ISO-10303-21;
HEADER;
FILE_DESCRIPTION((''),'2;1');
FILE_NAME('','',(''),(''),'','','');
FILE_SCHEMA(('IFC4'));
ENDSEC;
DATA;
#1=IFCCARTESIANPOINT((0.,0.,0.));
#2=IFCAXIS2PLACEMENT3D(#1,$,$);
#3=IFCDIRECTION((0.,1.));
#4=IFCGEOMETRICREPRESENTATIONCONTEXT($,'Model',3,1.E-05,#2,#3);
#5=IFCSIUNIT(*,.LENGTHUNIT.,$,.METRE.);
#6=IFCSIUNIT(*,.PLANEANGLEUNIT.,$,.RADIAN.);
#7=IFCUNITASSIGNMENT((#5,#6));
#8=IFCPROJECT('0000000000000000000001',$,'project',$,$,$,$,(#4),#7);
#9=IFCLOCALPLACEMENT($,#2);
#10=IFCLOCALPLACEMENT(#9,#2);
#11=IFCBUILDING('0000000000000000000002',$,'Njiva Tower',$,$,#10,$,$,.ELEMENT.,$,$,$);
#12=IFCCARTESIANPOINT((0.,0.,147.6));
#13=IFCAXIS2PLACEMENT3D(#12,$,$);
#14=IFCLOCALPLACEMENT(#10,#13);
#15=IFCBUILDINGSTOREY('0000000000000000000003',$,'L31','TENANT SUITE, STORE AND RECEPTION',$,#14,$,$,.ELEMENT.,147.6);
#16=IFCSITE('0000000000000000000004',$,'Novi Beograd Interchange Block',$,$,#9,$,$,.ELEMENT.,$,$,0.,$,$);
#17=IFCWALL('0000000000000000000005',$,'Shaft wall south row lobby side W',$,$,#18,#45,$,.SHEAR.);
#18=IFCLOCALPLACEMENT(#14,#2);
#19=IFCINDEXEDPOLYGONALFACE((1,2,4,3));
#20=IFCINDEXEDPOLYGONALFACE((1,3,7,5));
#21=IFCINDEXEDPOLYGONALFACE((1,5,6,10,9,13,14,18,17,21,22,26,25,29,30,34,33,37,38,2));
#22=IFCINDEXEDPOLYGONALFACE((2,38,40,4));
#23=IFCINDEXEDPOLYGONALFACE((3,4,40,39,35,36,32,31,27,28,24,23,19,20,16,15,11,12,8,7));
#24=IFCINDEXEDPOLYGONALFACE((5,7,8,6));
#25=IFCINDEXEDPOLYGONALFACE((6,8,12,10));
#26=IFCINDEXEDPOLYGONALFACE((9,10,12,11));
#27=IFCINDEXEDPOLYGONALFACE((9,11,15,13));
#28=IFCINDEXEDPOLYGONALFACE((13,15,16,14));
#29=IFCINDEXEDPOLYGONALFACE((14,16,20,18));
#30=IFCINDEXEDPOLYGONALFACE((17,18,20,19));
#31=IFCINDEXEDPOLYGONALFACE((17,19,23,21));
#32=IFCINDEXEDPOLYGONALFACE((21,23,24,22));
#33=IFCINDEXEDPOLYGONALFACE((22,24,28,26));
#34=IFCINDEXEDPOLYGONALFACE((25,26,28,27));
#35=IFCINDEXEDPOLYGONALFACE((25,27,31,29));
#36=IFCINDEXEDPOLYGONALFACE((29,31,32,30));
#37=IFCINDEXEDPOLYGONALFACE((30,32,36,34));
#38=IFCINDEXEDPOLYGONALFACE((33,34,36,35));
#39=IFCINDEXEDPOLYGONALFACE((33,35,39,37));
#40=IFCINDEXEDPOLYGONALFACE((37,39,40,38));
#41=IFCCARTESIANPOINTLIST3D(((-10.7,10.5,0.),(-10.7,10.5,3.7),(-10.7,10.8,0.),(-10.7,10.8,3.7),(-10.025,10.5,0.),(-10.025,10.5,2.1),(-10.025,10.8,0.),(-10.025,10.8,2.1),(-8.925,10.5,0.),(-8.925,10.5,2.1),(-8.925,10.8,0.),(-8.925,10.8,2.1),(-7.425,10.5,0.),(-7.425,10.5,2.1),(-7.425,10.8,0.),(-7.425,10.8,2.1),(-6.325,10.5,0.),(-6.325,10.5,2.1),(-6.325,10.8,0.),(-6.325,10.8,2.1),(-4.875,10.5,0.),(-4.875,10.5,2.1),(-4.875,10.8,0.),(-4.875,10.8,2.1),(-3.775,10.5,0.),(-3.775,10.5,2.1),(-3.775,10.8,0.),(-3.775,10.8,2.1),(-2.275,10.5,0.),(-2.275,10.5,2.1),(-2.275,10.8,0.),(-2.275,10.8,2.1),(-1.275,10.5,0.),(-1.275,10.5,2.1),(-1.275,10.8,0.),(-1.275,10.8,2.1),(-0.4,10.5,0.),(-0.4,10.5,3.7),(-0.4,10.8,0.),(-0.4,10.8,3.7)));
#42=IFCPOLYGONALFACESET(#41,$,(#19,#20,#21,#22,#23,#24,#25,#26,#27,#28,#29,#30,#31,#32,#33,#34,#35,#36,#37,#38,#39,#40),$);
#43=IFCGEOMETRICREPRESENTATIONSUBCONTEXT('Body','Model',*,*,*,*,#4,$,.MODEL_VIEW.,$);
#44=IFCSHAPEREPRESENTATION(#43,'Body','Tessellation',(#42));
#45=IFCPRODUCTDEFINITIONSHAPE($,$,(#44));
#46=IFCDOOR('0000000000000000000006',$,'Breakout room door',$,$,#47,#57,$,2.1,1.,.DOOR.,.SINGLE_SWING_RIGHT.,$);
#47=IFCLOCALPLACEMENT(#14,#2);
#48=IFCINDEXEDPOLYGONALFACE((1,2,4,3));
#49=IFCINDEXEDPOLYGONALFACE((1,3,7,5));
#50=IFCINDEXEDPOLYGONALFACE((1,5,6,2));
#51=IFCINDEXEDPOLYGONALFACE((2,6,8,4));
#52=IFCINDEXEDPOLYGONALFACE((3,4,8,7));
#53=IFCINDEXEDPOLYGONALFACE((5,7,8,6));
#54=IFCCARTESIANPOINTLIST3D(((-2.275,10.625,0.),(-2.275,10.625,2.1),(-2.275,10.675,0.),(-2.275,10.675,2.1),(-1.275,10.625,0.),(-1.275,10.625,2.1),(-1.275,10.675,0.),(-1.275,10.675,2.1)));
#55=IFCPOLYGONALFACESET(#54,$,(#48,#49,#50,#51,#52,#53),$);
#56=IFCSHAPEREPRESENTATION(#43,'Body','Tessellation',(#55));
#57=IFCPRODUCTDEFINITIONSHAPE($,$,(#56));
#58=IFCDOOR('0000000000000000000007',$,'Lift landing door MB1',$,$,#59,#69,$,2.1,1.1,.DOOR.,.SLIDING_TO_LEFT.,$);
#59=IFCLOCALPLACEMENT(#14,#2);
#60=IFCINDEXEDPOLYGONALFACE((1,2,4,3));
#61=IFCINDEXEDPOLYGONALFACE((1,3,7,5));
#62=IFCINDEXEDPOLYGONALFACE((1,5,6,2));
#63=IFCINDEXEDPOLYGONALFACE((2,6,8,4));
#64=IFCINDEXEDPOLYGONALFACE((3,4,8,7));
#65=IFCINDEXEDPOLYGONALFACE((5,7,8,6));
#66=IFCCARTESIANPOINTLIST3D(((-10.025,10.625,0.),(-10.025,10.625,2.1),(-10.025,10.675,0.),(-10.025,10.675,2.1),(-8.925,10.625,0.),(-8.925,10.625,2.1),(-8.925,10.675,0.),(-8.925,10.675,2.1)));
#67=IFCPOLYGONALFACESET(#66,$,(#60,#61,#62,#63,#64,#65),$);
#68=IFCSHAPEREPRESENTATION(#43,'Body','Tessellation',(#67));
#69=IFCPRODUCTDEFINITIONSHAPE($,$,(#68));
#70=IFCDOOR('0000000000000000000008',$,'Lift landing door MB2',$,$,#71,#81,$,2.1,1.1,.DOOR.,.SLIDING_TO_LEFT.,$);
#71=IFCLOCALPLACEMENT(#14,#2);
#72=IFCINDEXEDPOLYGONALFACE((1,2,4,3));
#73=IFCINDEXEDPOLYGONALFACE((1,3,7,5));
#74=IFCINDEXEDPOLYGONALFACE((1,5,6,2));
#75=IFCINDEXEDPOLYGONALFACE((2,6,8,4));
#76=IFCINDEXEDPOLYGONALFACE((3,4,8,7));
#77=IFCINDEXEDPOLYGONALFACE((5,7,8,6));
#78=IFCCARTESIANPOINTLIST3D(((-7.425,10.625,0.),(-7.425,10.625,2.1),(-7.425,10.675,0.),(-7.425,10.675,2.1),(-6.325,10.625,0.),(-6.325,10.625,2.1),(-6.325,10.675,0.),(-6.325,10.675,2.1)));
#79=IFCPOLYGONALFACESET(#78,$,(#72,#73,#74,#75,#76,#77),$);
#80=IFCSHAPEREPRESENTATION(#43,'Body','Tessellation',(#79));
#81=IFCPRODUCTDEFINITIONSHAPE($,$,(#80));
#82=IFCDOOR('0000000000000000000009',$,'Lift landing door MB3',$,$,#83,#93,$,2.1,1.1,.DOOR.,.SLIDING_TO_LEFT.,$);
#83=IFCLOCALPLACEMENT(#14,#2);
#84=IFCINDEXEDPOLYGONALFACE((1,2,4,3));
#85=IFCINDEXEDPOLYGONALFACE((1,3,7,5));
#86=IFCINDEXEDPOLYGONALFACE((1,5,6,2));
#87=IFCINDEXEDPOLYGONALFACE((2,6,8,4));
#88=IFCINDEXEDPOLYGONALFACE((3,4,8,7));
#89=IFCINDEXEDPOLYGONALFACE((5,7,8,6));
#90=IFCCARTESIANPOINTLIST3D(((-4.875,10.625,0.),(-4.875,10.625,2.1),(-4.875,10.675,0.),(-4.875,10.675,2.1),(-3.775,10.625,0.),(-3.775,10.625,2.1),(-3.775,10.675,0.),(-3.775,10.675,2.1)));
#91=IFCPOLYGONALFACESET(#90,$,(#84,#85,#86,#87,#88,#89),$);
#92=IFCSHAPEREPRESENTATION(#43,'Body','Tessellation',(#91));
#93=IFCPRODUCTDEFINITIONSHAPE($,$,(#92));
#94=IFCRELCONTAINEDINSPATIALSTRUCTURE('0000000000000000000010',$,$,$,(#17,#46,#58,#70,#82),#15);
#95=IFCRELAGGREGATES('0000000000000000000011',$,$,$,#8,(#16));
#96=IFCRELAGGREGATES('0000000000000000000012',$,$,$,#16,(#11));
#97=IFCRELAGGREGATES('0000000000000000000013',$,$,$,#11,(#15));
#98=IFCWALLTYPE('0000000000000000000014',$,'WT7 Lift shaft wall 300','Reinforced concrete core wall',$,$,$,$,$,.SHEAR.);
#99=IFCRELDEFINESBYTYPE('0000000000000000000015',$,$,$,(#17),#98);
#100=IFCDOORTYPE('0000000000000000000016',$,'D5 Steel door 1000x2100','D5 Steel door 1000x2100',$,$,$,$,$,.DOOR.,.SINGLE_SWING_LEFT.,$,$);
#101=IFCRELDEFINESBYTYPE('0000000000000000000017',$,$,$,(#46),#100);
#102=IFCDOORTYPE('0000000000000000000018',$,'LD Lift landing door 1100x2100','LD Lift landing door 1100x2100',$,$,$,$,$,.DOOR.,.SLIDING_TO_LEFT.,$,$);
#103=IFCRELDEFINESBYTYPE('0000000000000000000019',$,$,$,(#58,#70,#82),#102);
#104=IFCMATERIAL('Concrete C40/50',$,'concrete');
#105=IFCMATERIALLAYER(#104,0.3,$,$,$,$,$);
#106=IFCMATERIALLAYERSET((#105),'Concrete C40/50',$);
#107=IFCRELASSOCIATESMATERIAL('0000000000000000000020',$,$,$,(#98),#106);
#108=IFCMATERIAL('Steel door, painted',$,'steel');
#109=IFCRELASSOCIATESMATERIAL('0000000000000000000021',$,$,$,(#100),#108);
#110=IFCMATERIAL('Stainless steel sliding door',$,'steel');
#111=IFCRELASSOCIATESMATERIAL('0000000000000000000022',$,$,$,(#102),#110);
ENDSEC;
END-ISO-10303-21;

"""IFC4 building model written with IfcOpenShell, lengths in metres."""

from ifc_helpers import new_model, si_unit, direction, frame, frame_2d, origin, place, context, subcontext, project, spatial, rectangle, extrude, material, layer, layer_set, type_object, element, fill, save


model = new_model("IFC4")

# Units and contexts
model_context = context("Model", 3, precision=1e-05, world=origin(), true_north=direction((0.0, 1.0)))
body_context = subcontext(model_context, "Body", "Model", "MODEL_VIEW")
ifc_project = project(units=[si_unit("LENGTHUNIT", "METRE"), si_unit("PLANEANGLEUNIT", "RADIAN")], contexts=[model_context])

# Site, building, storey
site_placement = place(None, origin())
site = spatial("IfcSite", under=ifc_project, at=site_placement, Name="Novi Beograd Interchange Block", CompositionType="ELEMENT", RefElevation=0.0)
building_placement = place(site_placement, origin())
building = spatial("IfcBuilding", under=site, at=building_placement, Name="Njiva Tower", CompositionType="ELEMENT")
storey_placement = place(building_placement, frame((0.0, 0.0, 147.6)))
storey = spatial("IfcBuildingStorey", under=building, at=storey_placement, Name="L31", Description="TENANT SUITE, STORE AND RECEPTION", CompositionType="ELEMENT", Elevation=147.6)

# Wall, openings, doors
ifc_material_1 = material(Name="Concrete C40/50", Category="concrete")
ifc_layer = layer(ifc_material_1, 0.3)
ifc_layer_set = layer_set([ifc_layer], Name="Concrete C40/50")
wall_type = type_object("IfcWallType", Name="WT7 Lift shaft wall 300", Description="Reinforced concrete core wall", PredefinedType="SHEAR", material=ifc_layer_set)
ifc_material_2 = material(Name="Steel door, painted", Category="steel")
door_type_1 = type_object("IfcDoorType", Name="D5 Steel door 1000x2100", Description="D5 Steel door 1000x2100", OperationType="SINGLE_SWING_LEFT", PredefinedType="DOOR", material=ifc_material_2)
ifc_material_3 = material(Name="Stainless steel sliding door", Category="steel")
door_type_2 = type_object("IfcDoorType", Name="LD Lift landing door 1100x2100", Description="LD Lift landing door 1100x2100", OperationType="SLIDING_TO_LEFT", PredefinedType="DOOR", material=ifc_material_3)
wall_1_placement = place(storey_placement, frame((-10.7, 10.65, 0.0), z_axis=(0.0, 0.0, 1.0), x_axis=(1.0, 0.0, 0.0)))
wall_1 = element("IfcWall", 1, at=wall_1_placement, inside=storey, type_object=wall_type, Name="Shaft wall south row lobby side W", PredefinedType="SHEAR", context=body_context, shape_type="SweptSolid", body=[
    extrude(rectangle(XDim=10.3, YDim=0.3, at=frame_2d((5.15, 0.0))), origin(), (0.0, 0.0, 1.0), 3.7),
])
opening_1_placement = place(wall_1_placement, frame((0.675, 0.0, 0.0)))
opening_1 = element("IfcOpeningElement", 2, at=opening_1_placement, cuts=wall_1, PredefinedType="OPENING", context=body_context, shape_type="SweptSolid", body=[
    extrude(rectangle(XDim=1.1, YDim=2.1, at=frame_2d((0.55, 1.05))), frame((0.0, 0.16, 0.0), z_axis=(0.0, -1.0, 0.0), x_axis=(1.0, 0.0, 0.0)), (0.0, 0.0, 1.0), 0.32),
])
opening_2_placement = place(wall_1_placement, frame((3.275, 0.0, 0.0)))
opening_2 = element("IfcOpeningElement", 3, at=opening_2_placement, cuts=wall_1, PredefinedType="OPENING", context=body_context, shape_type="SweptSolid", body=[
    extrude(rectangle(XDim=1.1, YDim=2.1, at=frame_2d((0.55, 1.05))), frame((0.0, 0.16, 0.0), z_axis=(0.0, -1.0, 0.0), x_axis=(1.0, 0.0, 0.0)), (0.0, 0.0, 1.0), 0.32),
])
opening_3_placement = place(wall_1_placement, frame((5.825, 0.0, 0.0)))
opening_3 = element("IfcOpeningElement", 4, at=opening_3_placement, cuts=wall_1, PredefinedType="OPENING", context=body_context, shape_type="SweptSolid", body=[
    extrude(rectangle(XDim=1.1, YDim=2.1, at=frame_2d((0.55, 1.05))), frame((0.0, 0.16, 0.0), z_axis=(0.0, -1.0, 0.0), x_axis=(1.0, 0.0, 0.0)), (0.0, 0.0, 1.0), 0.32),
])
opening_4_placement = place(wall_1_placement, frame((8.425, 0.0, 0.0)))
opening_4 = element("IfcOpeningElement", 5, at=opening_4_placement, cuts=wall_1, PredefinedType="OPENING", context=body_context, shape_type="SweptSolid", body=[
    extrude(rectangle(XDim=1.0, YDim=2.1, at=frame_2d((0.5, 1.05))), frame((0.0, 0.16, 0.0), z_axis=(0.0, -1.0, 0.0), x_axis=(1.0, 0.0, 0.0)), (0.0, 0.0, 1.0), 0.32),
])
door_1_placement = place(opening_4_placement, origin())
door_1 = element("IfcDoor", 6, at=door_1_placement, inside=storey, type_object=door_type_1, Name="Breakout room door", OperationType="SINGLE_SWING_RIGHT", OverallHeight=2.1, OverallWidth=1.0, PredefinedType="DOOR", context=body_context, shape_type="SweptSolid", body=[
    extrude(rectangle(XDim=1.0, YDim=2.1, at=frame_2d((0.5, 1.05))), frame((0.0, 0.025, 0.0), z_axis=(0.0, -1.0, 0.0), x_axis=(1.0, 0.0, 0.0)), (0.0, 0.0, 1.0), 0.05),
])
fill(opening_4, door_1)
door_2_placement = place(opening_1_placement, origin())
door_2 = element("IfcDoor", 7, at=door_2_placement, inside=storey, type_object=door_type_2, Name="Lift landing door MB1", OperationType="SLIDING_TO_LEFT", OverallHeight=2.1, OverallWidth=1.1, PredefinedType="DOOR", context=body_context, shape_type="SweptSolid", body=[
    extrude(rectangle(XDim=1.1, YDim=2.1, at=frame_2d((0.55, 1.05))), frame((0.0, 0.025, 0.0), z_axis=(0.0, -1.0, 0.0), x_axis=(1.0, 0.0, 0.0)), (0.0, 0.0, 1.0), 0.05),
])
fill(opening_1, door_2)
door_3_placement = place(opening_2_placement, origin())
door_3 = element("IfcDoor", 8, at=door_3_placement, inside=storey, type_object=door_type_2, Name="Lift landing door MB2", OperationType="SLIDING_TO_LEFT", OverallHeight=2.1, OverallWidth=1.1, PredefinedType="DOOR", context=body_context, shape_type="SweptSolid", body=[
    extrude(rectangle(XDim=1.1, YDim=2.1, at=frame_2d((0.55, 1.05))), frame((0.0, 0.025, 0.0), z_axis=(0.0, -1.0, 0.0), x_axis=(1.0, 0.0, 0.0)), (0.0, 0.0, 1.0), 0.05),
])
fill(opening_2, door_3)
door_4_placement = place(opening_3_placement, origin())
door_4 = element("IfcDoor", 9, at=door_4_placement, inside=storey, type_object=door_type_2, Name="Lift landing door MB3", OperationType="SLIDING_TO_LEFT", OverallHeight=2.1, OverallWidth=1.1, PredefinedType="DOOR", context=body_context, shape_type="SweptSolid", body=[
    extrude(rectangle(XDim=1.1, YDim=2.1, at=frame_2d((0.55, 1.05))), frame((0.0, 0.025, 0.0), z_axis=(0.0, -1.0, 0.0), x_axis=(1.0, 0.0, 0.0)), (0.0, 0.0, 1.0), 0.05),
])
fill(opening_3, door_4)

save(model, "model.ifc")
